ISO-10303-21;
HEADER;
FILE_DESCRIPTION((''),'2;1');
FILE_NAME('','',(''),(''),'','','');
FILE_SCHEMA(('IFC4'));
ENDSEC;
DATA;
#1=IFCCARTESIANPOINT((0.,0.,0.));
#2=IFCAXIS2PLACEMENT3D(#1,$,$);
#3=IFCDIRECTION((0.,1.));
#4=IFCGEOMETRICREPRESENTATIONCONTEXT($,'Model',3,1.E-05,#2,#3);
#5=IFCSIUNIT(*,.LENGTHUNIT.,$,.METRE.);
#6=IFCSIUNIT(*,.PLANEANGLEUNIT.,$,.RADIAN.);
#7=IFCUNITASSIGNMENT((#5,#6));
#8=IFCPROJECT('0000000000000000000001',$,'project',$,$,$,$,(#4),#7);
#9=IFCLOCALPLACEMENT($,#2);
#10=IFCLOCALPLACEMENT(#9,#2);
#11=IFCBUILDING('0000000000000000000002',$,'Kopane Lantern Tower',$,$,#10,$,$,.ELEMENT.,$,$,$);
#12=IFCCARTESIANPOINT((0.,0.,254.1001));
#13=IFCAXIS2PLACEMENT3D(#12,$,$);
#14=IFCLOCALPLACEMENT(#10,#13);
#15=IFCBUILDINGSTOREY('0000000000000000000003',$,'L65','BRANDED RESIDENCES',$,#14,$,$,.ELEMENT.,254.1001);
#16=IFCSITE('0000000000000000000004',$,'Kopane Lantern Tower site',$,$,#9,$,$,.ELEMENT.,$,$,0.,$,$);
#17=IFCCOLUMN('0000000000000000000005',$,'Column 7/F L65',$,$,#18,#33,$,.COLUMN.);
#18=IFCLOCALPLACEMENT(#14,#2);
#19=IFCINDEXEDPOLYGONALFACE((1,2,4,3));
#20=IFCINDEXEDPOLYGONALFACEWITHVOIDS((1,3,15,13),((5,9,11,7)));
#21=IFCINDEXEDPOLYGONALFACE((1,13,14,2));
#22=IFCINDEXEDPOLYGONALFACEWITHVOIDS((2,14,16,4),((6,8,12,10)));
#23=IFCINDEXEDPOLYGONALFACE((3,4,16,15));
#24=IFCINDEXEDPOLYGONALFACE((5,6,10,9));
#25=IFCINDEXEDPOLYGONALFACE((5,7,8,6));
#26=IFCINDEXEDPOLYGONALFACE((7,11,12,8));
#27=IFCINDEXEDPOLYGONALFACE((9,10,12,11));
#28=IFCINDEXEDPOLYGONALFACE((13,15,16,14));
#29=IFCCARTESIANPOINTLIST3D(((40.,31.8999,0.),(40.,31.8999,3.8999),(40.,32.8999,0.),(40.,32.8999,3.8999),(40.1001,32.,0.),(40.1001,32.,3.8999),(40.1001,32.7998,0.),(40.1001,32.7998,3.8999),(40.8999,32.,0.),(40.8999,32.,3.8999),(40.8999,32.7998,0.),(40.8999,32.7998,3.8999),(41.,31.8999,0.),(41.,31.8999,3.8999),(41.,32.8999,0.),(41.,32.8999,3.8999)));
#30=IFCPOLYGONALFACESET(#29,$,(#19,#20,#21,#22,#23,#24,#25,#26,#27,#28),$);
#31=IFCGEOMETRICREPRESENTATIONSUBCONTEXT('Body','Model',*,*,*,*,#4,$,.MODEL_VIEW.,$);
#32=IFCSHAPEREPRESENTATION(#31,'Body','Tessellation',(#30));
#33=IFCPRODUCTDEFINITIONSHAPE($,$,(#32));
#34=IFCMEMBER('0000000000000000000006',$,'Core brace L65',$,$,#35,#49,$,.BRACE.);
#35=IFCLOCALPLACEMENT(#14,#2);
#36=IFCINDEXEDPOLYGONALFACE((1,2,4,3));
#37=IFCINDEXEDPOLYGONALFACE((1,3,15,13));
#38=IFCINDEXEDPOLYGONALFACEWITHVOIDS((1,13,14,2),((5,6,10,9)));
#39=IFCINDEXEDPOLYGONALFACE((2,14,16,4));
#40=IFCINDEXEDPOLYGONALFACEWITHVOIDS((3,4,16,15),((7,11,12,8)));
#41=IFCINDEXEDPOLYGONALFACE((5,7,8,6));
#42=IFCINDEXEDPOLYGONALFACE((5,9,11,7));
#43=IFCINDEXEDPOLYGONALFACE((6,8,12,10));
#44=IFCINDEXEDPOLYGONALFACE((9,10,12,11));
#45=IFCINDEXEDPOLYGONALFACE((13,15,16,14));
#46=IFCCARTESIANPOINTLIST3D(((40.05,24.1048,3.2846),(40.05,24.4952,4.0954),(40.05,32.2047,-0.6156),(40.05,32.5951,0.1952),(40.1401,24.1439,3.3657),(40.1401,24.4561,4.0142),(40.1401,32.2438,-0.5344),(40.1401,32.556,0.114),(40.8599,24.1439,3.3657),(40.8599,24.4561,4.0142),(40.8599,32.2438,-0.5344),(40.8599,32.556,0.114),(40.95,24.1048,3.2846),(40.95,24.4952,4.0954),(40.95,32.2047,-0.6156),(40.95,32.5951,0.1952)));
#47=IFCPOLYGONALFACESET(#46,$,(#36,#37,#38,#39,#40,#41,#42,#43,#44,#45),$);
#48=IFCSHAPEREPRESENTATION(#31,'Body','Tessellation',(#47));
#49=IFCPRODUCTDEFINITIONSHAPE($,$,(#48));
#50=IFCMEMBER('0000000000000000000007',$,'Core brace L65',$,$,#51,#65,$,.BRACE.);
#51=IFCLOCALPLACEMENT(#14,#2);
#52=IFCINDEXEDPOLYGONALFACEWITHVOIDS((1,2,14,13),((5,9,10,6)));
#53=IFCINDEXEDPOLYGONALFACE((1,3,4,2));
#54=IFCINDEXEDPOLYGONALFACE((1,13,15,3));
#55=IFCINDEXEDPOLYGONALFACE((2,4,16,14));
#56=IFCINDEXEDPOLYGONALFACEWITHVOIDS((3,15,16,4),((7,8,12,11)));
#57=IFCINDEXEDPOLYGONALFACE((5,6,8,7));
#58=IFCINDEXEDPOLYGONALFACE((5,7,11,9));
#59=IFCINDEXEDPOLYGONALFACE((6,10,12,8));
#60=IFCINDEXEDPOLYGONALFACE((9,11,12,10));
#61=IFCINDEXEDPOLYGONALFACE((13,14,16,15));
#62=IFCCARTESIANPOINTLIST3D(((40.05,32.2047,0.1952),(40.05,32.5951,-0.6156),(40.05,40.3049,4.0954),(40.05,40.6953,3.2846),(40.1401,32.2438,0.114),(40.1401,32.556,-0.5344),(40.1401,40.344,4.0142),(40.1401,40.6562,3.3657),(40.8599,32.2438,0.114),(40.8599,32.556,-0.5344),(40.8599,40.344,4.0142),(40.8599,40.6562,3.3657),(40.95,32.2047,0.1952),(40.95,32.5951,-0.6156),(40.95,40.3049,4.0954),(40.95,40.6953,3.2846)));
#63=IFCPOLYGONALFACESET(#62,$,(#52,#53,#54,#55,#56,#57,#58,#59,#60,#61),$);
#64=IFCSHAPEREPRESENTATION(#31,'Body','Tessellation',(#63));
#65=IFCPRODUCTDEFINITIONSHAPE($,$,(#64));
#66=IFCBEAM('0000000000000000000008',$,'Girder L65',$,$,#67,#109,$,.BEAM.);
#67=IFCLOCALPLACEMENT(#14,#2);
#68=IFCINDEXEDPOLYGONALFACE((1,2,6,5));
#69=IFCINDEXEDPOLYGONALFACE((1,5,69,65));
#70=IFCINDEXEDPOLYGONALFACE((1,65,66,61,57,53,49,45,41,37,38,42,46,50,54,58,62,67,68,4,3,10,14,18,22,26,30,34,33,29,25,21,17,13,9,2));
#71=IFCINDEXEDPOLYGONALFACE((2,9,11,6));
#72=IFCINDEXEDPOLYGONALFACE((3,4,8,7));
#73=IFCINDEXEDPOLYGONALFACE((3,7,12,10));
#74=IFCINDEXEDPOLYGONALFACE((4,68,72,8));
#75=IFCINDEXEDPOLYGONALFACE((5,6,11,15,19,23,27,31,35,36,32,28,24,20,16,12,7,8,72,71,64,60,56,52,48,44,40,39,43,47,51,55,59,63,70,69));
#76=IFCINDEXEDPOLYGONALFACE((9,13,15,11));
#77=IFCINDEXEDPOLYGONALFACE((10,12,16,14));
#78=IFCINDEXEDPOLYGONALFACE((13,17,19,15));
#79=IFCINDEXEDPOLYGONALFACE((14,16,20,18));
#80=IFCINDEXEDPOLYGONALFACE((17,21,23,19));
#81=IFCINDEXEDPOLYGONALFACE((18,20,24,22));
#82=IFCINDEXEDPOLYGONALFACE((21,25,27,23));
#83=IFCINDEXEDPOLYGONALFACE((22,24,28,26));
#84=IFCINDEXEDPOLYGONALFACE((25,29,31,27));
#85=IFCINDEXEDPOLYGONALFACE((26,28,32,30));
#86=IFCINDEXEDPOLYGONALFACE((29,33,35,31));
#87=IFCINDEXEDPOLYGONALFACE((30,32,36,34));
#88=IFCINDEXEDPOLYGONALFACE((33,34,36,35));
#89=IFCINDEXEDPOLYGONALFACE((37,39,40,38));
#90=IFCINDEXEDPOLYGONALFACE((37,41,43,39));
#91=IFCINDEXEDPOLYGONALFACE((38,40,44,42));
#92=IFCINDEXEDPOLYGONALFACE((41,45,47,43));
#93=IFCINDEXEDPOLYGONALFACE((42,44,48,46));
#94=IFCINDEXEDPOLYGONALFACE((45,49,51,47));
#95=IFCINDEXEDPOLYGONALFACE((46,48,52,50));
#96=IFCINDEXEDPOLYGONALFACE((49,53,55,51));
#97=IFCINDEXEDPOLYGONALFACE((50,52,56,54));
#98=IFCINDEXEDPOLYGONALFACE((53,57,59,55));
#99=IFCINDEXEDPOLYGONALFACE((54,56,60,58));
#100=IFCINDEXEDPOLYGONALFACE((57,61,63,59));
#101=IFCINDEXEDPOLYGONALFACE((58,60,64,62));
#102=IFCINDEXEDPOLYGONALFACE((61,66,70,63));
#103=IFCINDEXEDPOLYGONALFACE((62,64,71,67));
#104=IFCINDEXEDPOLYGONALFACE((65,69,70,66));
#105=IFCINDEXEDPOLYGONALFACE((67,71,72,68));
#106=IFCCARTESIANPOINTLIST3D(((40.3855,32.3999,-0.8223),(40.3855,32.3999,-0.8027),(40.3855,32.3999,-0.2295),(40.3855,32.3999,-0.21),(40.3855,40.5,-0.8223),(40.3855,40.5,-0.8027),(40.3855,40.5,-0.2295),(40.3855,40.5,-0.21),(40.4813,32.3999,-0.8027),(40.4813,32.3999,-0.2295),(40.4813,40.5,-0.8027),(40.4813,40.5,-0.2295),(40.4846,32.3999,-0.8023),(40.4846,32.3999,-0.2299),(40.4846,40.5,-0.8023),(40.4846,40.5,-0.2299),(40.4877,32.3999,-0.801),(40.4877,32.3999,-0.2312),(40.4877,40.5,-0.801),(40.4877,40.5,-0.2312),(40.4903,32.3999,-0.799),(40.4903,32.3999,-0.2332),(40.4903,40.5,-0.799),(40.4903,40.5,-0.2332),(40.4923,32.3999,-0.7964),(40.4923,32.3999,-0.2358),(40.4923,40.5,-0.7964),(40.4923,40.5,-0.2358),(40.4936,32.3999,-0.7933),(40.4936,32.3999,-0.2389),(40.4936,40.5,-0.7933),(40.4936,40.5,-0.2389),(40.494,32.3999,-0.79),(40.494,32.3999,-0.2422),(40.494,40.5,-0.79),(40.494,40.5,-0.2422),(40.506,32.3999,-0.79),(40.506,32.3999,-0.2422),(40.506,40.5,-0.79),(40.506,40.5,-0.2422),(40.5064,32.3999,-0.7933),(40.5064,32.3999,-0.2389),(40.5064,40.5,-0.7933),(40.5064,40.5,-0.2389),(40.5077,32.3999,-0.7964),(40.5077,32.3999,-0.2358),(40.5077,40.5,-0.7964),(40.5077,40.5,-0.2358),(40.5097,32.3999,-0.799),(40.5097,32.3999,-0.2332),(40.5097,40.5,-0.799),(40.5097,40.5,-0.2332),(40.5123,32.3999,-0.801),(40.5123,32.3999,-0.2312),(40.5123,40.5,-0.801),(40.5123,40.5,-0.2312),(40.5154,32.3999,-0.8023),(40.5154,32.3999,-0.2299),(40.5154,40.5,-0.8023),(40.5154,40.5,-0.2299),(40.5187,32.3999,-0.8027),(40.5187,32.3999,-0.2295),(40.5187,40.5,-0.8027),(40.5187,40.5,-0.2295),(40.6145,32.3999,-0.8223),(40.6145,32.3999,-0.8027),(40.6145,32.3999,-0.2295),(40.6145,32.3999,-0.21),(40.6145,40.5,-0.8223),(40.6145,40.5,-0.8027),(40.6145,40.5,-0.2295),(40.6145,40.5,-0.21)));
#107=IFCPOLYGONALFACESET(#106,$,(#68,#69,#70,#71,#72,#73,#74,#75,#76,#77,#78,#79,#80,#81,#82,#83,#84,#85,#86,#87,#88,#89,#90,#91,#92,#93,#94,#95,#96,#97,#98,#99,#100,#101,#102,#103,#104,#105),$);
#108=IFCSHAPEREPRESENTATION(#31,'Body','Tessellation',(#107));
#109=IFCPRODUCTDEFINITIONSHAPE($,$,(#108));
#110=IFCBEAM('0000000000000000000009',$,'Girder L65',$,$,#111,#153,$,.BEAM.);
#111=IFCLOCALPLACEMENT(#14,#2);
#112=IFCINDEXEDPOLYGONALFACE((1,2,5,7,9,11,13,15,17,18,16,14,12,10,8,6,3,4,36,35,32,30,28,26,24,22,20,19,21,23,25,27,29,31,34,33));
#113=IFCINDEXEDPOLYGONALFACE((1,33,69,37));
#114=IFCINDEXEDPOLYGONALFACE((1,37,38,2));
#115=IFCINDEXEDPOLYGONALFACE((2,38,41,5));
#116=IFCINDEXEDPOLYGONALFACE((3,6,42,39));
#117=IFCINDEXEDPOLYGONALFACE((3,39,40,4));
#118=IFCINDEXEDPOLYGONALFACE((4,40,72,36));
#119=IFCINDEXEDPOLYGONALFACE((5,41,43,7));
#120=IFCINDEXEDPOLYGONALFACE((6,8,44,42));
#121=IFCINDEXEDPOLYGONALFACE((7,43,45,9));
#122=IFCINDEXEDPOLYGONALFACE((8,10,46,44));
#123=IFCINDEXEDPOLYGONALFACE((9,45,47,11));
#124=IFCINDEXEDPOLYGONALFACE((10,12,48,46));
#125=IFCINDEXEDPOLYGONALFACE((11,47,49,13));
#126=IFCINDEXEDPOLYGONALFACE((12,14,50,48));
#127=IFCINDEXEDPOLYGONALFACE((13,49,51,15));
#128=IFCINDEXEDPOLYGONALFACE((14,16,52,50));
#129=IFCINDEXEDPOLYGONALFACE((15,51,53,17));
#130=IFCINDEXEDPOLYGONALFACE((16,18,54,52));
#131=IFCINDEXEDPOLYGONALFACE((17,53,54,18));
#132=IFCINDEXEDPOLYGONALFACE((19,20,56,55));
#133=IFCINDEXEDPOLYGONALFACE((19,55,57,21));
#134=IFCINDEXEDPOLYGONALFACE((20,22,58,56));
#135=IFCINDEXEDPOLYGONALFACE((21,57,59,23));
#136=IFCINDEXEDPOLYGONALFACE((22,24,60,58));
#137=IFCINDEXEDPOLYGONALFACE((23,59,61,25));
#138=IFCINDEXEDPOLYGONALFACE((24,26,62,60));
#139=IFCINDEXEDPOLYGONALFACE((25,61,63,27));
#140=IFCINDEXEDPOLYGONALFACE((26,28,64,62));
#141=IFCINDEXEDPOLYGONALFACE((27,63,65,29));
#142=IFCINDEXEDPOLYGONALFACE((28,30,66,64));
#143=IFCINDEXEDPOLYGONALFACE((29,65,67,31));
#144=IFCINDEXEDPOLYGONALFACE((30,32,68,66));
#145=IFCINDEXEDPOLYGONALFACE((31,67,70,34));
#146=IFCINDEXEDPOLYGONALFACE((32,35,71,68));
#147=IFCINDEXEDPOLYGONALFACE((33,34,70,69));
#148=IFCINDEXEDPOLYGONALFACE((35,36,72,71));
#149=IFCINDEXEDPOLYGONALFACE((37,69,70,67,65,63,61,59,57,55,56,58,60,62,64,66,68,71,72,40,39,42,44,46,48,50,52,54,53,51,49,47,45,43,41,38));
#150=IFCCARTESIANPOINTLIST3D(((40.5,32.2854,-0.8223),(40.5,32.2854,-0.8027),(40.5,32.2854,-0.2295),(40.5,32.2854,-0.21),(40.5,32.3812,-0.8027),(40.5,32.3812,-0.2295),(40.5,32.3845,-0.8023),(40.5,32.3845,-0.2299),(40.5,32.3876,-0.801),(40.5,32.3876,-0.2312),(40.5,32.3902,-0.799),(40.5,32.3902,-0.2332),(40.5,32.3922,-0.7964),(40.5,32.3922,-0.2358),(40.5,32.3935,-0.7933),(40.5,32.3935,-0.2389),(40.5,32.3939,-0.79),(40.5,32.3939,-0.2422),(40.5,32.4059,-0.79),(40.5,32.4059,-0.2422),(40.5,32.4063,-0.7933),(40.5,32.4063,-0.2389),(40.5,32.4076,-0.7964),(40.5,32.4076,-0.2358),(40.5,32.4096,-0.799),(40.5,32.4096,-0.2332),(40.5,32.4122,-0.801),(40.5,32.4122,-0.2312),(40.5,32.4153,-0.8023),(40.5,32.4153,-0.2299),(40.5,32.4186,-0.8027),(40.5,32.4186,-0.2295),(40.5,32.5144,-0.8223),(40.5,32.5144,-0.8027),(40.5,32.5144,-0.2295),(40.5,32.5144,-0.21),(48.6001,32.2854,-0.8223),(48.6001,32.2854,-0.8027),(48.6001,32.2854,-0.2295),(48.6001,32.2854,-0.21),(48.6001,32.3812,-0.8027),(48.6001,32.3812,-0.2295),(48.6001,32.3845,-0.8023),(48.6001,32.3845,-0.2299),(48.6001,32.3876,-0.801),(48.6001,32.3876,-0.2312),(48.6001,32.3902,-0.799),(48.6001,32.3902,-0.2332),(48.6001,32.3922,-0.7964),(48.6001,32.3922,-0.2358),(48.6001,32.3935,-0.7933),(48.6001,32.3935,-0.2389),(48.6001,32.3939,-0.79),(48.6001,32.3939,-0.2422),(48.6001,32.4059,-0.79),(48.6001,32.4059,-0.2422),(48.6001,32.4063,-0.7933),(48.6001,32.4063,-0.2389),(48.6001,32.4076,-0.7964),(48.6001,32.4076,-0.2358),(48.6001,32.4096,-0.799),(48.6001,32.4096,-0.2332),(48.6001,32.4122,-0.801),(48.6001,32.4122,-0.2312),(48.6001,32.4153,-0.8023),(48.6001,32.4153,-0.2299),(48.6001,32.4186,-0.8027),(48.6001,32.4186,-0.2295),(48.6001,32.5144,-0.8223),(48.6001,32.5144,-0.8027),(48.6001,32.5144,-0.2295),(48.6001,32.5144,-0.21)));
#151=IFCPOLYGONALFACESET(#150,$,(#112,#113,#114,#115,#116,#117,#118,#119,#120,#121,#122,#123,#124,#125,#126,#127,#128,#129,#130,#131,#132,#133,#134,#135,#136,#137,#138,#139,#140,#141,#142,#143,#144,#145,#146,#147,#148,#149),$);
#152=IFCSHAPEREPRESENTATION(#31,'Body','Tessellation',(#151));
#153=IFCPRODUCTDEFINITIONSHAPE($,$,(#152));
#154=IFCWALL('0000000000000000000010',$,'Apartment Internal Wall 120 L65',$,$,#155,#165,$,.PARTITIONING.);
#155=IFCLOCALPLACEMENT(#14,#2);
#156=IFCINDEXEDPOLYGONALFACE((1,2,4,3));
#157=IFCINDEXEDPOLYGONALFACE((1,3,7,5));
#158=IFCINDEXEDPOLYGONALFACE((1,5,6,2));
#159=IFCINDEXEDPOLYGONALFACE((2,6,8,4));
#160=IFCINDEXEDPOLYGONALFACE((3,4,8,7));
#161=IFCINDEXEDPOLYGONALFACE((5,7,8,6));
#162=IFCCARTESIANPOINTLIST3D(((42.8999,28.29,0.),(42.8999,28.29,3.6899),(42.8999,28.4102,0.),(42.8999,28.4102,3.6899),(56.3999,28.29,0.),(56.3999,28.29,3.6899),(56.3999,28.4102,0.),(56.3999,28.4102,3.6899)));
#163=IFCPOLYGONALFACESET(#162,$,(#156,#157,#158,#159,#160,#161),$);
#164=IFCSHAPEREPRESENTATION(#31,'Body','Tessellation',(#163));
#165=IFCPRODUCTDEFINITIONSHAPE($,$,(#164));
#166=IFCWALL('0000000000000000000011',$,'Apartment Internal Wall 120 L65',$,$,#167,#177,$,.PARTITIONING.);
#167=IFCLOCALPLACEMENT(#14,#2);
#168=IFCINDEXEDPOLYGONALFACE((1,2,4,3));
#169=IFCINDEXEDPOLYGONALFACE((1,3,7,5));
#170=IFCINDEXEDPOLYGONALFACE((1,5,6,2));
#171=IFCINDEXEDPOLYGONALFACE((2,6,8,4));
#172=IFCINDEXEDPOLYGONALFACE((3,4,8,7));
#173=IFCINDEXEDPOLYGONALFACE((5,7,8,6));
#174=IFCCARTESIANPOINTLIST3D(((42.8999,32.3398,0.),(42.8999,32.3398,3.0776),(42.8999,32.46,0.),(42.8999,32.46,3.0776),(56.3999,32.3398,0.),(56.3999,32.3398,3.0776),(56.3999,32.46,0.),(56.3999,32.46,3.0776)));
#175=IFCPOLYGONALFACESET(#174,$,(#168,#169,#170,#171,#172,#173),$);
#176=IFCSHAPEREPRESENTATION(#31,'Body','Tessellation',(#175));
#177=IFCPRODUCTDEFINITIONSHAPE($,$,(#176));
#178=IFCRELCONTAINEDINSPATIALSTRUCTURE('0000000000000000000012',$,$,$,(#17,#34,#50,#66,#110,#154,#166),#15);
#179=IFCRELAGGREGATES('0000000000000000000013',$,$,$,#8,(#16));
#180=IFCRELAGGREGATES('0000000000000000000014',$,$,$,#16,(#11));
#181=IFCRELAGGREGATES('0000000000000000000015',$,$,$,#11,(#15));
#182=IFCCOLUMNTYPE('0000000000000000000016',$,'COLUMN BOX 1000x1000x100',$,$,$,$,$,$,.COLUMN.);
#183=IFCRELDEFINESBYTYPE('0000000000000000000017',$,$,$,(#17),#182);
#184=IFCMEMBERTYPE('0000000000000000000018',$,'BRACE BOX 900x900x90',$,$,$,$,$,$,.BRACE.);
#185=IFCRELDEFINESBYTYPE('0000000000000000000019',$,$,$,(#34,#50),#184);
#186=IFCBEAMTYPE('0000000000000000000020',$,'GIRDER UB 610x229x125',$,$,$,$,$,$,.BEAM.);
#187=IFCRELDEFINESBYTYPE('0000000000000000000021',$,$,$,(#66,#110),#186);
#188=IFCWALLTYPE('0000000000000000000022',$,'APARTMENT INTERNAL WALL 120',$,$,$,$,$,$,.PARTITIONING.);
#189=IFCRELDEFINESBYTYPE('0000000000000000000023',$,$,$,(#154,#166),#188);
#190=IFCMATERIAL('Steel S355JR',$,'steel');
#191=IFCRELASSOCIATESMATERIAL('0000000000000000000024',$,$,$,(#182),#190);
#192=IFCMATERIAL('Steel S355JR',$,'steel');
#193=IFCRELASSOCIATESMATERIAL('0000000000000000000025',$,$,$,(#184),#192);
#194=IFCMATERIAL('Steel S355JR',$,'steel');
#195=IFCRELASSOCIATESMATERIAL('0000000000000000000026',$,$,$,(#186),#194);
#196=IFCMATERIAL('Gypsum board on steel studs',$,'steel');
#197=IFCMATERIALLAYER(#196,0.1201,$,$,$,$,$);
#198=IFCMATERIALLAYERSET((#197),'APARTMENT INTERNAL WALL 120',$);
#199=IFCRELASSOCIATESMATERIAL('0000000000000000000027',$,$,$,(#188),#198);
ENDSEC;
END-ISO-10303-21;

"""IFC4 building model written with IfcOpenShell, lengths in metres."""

from ifc_helpers import new_model, si_unit, direction, frame, frame_2d, origin, origin_2d, place, context, subcontext, project, spatial, rectangle, hollow_rectangle, i_section, extrude, material, layer, layer_set, material_profile, profile_set, type_object, element, save


model = new_model("IFC4")

# Units and contexts
model_context = context("Model", 3, precision=1e-05, world=origin(), true_north=direction((0.0, 1.0)))
body_context = subcontext(model_context, "Body", "Model", "MODEL_VIEW")
ifc_project = project(units=[si_unit("LENGTHUNIT", "METRE"), si_unit("PLANEANGLEUNIT", "RADIAN")], contexts=[model_context])

# Site, building, storey
site_placement = place(None, origin())
site = spatial("IfcSite", under=ifc_project, at=site_placement, Name="Kopane Lantern Tower site", CompositionType="ELEMENT", RefElevation=0.0)
building_placement = place(site_placement, origin())
building = spatial("IfcBuilding", under=site, at=building_placement, Name="Kopane Lantern Tower", CompositionType="ELEMENT")
storey_placement = place(building_placement, frame((0.0, 0.0, 254.1001)))
storey = spatial("IfcBuildingStorey", under=building, at=storey_placement, Name="L65", Description="BRANDED RESIDENCES", CompositionType="ELEMENT", Elevation=254.1001)

# Column
ifc_material_1 = material(Name="Steel S355JR", Category="steel")
ifc_material_profile_1 = material_profile(ifc_material_1, hollow_rectangle(XDim=1.0, YDim=1.0, WallThickness=0.1001, at=origin_2d()), Name="BOX 1000x1000x100")
ifc_profile_set_1 = profile_set([ifc_material_profile_1], Name="Steel S355JR")
column_type = type_object("IfcColumnType", Name="COLUMN BOX 1000x1000x100", PredefinedType="COLUMN", material=ifc_profile_set_1)
column_placement = place(storey_placement, frame((40.5, 32.3999, 0.0), z_axis=(0.0, 0.0, 1.0), x_axis=(1.0, 0.0, 0.0)))
element("IfcColumn", 1, at=column_placement, inside=storey, type_object=column_type, Name="Column 7/F L65", PredefinedType="COLUMN", context=body_context, shape_type="SweptSolid", body=[
    extrude(hollow_rectangle(XDim=1.0, YDim=1.0, WallThickness=0.1001, at=origin_2d()), origin(), (0.0, 0.0, 1.0), 3.8999),
])

# Members
ifc_material_2 = material(Name="Steel S355JR", Category="steel")
ifc_material_profile_2 = material_profile(ifc_material_2, hollow_rectangle(XDim=0.8999, YDim=0.8999, WallThickness=0.0901, at=origin_2d()), Name="BOX 900x900x90")
ifc_profile_set_2 = profile_set([ifc_material_profile_2], Name="Steel S355JR")
member_type = type_object("IfcMemberType", Name="BRACE BOX 900x900x90", PredefinedType="BRACE", material=ifc_profile_set_2)
member_1_placement = place(storey_placement, frame((40.5, 32.3999, -0.2102), z_axis=(0.0, -0.900992, 0.433835), x_axis=(1.0, 0.0, 0.0)))
element("IfcMember", 2, at=member_1_placement, inside=storey, type_object=member_type, Name="Core brace L65", PredefinedType="BRACE", context=body_context, shape_type="SweptSolid", body=[
    extrude(hollow_rectangle(XDim=0.8999, YDim=0.8999, WallThickness=0.0901, at=origin_2d()), origin(), (0.0, 0.0, 1.0), 8.99),
])
member_2_placement = place(storey_placement, frame((40.5, 32.3999, -0.2102), z_axis=(0.0, 0.900997, 0.433825), x_axis=(-1.0, 0.0, 0.0)))
element("IfcMember", 3, at=member_2_placement, inside=storey, type_object=member_type, Name="Core brace L65", PredefinedType="BRACE", context=body_context, shape_type="SweptSolid", body=[
    extrude(hollow_rectangle(XDim=0.8999, YDim=0.8999, WallThickness=0.0901, at=origin_2d()), origin(), (0.0, 0.0, 1.0), 8.9902),
])

# Beams
ifc_material_3 = material(Name="Steel S355JR", Category="steel")
ifc_material_profile_3 = material_profile(ifc_material_3, i_section(OverallWidth=0.229, OverallDepth=0.6123, WebThickness=0.012, FlangeThickness=0.0195, FilletRadius=0.0127, at=origin_2d()), Name="UB 610x229x125")
ifc_profile_set_3 = profile_set([ifc_material_profile_3], Name="Steel S355JR")
beam_type = type_object("IfcBeamType", Name="GIRDER UB 610x229x125", PredefinedType="BEAM", material=ifc_profile_set_3)
for number, where, z_axis, x_axis, name in (
    (4, (40.5, 32.3999, -0.5161), (0.0, 1.0, 0.0), (-1.0, 0.0, 0.0), "Girder L65"),
    (5, (40.5, 32.3999, -0.5161), (1.0, 0.0, 0.0), (0.0, 1.0, 0.0), "Girder L65"),
):
    element("IfcBeam", number, at=place(storey_placement, frame(where, z_axis=z_axis, x_axis=x_axis)), inside=storey, type_object=beam_type, Name=name, PredefinedType="BEAM", context=body_context, shape_type="SweptSolid", body=[
        extrude(i_section(OverallWidth=0.229, OverallDepth=0.6123, WebThickness=0.012, FlangeThickness=0.0195, FilletRadius=0.0127, at=origin_2d()), origin(), (0.0, 0.0, 1.0), 8.1001),
    ])

# Walls
ifc_material_4 = material(Name="Gypsum board on steel studs", Category="steel")
ifc_layer_1 = layer(ifc_material_4, 0.1201)
ifc_layer_set_1 = layer_set([ifc_layer_1], Name="APARTMENT INTERNAL WALL 120")
wall_type_1 = type_object("IfcWallType", Name="APARTMENT INTERNAL WALL 120", PredefinedType="PARTITIONING", material=ifc_layer_set_1)
wall_1_placement = place(storey_placement, frame((42.8999, 28.3501, 0.0), z_axis=(0.0, 0.0, 1.0), x_axis=(1.0, 0.0, 0.0)))
element("IfcWall", 6, at=wall_1_placement, inside=storey, type_object=wall_type_1, Name="Apartment Internal Wall 120 L65", PredefinedType="PARTITIONING", context=body_context, shape_type="SweptSolid", body=[
    extrude(rectangle(XDim=13.5, YDim=0.1201, at=frame_2d((6.75, 0.0))), origin(), (0.0, 0.0, 1.0), 3.6899),
])
wall_2_placement = place(storey_placement, frame((42.8999, 32.3999, 0.0), z_axis=(0.0, 0.0, 1.0), x_axis=(1.0, 0.0, 0.0)))
element("IfcWall", 7, at=wall_2_placement, inside=storey, type_object=wall_type_1, Name="Apartment Internal Wall 120 L65", PredefinedType="PARTITIONING", context=body_context, shape_type="SweptSolid", body=[
    extrude(rectangle(XDim=13.5, YDim=0.1201, at=frame_2d((6.75, 0.0))), origin(), (0.0, 0.0, 1.0), 3.0776),
])

save(model, "model.ifc")
